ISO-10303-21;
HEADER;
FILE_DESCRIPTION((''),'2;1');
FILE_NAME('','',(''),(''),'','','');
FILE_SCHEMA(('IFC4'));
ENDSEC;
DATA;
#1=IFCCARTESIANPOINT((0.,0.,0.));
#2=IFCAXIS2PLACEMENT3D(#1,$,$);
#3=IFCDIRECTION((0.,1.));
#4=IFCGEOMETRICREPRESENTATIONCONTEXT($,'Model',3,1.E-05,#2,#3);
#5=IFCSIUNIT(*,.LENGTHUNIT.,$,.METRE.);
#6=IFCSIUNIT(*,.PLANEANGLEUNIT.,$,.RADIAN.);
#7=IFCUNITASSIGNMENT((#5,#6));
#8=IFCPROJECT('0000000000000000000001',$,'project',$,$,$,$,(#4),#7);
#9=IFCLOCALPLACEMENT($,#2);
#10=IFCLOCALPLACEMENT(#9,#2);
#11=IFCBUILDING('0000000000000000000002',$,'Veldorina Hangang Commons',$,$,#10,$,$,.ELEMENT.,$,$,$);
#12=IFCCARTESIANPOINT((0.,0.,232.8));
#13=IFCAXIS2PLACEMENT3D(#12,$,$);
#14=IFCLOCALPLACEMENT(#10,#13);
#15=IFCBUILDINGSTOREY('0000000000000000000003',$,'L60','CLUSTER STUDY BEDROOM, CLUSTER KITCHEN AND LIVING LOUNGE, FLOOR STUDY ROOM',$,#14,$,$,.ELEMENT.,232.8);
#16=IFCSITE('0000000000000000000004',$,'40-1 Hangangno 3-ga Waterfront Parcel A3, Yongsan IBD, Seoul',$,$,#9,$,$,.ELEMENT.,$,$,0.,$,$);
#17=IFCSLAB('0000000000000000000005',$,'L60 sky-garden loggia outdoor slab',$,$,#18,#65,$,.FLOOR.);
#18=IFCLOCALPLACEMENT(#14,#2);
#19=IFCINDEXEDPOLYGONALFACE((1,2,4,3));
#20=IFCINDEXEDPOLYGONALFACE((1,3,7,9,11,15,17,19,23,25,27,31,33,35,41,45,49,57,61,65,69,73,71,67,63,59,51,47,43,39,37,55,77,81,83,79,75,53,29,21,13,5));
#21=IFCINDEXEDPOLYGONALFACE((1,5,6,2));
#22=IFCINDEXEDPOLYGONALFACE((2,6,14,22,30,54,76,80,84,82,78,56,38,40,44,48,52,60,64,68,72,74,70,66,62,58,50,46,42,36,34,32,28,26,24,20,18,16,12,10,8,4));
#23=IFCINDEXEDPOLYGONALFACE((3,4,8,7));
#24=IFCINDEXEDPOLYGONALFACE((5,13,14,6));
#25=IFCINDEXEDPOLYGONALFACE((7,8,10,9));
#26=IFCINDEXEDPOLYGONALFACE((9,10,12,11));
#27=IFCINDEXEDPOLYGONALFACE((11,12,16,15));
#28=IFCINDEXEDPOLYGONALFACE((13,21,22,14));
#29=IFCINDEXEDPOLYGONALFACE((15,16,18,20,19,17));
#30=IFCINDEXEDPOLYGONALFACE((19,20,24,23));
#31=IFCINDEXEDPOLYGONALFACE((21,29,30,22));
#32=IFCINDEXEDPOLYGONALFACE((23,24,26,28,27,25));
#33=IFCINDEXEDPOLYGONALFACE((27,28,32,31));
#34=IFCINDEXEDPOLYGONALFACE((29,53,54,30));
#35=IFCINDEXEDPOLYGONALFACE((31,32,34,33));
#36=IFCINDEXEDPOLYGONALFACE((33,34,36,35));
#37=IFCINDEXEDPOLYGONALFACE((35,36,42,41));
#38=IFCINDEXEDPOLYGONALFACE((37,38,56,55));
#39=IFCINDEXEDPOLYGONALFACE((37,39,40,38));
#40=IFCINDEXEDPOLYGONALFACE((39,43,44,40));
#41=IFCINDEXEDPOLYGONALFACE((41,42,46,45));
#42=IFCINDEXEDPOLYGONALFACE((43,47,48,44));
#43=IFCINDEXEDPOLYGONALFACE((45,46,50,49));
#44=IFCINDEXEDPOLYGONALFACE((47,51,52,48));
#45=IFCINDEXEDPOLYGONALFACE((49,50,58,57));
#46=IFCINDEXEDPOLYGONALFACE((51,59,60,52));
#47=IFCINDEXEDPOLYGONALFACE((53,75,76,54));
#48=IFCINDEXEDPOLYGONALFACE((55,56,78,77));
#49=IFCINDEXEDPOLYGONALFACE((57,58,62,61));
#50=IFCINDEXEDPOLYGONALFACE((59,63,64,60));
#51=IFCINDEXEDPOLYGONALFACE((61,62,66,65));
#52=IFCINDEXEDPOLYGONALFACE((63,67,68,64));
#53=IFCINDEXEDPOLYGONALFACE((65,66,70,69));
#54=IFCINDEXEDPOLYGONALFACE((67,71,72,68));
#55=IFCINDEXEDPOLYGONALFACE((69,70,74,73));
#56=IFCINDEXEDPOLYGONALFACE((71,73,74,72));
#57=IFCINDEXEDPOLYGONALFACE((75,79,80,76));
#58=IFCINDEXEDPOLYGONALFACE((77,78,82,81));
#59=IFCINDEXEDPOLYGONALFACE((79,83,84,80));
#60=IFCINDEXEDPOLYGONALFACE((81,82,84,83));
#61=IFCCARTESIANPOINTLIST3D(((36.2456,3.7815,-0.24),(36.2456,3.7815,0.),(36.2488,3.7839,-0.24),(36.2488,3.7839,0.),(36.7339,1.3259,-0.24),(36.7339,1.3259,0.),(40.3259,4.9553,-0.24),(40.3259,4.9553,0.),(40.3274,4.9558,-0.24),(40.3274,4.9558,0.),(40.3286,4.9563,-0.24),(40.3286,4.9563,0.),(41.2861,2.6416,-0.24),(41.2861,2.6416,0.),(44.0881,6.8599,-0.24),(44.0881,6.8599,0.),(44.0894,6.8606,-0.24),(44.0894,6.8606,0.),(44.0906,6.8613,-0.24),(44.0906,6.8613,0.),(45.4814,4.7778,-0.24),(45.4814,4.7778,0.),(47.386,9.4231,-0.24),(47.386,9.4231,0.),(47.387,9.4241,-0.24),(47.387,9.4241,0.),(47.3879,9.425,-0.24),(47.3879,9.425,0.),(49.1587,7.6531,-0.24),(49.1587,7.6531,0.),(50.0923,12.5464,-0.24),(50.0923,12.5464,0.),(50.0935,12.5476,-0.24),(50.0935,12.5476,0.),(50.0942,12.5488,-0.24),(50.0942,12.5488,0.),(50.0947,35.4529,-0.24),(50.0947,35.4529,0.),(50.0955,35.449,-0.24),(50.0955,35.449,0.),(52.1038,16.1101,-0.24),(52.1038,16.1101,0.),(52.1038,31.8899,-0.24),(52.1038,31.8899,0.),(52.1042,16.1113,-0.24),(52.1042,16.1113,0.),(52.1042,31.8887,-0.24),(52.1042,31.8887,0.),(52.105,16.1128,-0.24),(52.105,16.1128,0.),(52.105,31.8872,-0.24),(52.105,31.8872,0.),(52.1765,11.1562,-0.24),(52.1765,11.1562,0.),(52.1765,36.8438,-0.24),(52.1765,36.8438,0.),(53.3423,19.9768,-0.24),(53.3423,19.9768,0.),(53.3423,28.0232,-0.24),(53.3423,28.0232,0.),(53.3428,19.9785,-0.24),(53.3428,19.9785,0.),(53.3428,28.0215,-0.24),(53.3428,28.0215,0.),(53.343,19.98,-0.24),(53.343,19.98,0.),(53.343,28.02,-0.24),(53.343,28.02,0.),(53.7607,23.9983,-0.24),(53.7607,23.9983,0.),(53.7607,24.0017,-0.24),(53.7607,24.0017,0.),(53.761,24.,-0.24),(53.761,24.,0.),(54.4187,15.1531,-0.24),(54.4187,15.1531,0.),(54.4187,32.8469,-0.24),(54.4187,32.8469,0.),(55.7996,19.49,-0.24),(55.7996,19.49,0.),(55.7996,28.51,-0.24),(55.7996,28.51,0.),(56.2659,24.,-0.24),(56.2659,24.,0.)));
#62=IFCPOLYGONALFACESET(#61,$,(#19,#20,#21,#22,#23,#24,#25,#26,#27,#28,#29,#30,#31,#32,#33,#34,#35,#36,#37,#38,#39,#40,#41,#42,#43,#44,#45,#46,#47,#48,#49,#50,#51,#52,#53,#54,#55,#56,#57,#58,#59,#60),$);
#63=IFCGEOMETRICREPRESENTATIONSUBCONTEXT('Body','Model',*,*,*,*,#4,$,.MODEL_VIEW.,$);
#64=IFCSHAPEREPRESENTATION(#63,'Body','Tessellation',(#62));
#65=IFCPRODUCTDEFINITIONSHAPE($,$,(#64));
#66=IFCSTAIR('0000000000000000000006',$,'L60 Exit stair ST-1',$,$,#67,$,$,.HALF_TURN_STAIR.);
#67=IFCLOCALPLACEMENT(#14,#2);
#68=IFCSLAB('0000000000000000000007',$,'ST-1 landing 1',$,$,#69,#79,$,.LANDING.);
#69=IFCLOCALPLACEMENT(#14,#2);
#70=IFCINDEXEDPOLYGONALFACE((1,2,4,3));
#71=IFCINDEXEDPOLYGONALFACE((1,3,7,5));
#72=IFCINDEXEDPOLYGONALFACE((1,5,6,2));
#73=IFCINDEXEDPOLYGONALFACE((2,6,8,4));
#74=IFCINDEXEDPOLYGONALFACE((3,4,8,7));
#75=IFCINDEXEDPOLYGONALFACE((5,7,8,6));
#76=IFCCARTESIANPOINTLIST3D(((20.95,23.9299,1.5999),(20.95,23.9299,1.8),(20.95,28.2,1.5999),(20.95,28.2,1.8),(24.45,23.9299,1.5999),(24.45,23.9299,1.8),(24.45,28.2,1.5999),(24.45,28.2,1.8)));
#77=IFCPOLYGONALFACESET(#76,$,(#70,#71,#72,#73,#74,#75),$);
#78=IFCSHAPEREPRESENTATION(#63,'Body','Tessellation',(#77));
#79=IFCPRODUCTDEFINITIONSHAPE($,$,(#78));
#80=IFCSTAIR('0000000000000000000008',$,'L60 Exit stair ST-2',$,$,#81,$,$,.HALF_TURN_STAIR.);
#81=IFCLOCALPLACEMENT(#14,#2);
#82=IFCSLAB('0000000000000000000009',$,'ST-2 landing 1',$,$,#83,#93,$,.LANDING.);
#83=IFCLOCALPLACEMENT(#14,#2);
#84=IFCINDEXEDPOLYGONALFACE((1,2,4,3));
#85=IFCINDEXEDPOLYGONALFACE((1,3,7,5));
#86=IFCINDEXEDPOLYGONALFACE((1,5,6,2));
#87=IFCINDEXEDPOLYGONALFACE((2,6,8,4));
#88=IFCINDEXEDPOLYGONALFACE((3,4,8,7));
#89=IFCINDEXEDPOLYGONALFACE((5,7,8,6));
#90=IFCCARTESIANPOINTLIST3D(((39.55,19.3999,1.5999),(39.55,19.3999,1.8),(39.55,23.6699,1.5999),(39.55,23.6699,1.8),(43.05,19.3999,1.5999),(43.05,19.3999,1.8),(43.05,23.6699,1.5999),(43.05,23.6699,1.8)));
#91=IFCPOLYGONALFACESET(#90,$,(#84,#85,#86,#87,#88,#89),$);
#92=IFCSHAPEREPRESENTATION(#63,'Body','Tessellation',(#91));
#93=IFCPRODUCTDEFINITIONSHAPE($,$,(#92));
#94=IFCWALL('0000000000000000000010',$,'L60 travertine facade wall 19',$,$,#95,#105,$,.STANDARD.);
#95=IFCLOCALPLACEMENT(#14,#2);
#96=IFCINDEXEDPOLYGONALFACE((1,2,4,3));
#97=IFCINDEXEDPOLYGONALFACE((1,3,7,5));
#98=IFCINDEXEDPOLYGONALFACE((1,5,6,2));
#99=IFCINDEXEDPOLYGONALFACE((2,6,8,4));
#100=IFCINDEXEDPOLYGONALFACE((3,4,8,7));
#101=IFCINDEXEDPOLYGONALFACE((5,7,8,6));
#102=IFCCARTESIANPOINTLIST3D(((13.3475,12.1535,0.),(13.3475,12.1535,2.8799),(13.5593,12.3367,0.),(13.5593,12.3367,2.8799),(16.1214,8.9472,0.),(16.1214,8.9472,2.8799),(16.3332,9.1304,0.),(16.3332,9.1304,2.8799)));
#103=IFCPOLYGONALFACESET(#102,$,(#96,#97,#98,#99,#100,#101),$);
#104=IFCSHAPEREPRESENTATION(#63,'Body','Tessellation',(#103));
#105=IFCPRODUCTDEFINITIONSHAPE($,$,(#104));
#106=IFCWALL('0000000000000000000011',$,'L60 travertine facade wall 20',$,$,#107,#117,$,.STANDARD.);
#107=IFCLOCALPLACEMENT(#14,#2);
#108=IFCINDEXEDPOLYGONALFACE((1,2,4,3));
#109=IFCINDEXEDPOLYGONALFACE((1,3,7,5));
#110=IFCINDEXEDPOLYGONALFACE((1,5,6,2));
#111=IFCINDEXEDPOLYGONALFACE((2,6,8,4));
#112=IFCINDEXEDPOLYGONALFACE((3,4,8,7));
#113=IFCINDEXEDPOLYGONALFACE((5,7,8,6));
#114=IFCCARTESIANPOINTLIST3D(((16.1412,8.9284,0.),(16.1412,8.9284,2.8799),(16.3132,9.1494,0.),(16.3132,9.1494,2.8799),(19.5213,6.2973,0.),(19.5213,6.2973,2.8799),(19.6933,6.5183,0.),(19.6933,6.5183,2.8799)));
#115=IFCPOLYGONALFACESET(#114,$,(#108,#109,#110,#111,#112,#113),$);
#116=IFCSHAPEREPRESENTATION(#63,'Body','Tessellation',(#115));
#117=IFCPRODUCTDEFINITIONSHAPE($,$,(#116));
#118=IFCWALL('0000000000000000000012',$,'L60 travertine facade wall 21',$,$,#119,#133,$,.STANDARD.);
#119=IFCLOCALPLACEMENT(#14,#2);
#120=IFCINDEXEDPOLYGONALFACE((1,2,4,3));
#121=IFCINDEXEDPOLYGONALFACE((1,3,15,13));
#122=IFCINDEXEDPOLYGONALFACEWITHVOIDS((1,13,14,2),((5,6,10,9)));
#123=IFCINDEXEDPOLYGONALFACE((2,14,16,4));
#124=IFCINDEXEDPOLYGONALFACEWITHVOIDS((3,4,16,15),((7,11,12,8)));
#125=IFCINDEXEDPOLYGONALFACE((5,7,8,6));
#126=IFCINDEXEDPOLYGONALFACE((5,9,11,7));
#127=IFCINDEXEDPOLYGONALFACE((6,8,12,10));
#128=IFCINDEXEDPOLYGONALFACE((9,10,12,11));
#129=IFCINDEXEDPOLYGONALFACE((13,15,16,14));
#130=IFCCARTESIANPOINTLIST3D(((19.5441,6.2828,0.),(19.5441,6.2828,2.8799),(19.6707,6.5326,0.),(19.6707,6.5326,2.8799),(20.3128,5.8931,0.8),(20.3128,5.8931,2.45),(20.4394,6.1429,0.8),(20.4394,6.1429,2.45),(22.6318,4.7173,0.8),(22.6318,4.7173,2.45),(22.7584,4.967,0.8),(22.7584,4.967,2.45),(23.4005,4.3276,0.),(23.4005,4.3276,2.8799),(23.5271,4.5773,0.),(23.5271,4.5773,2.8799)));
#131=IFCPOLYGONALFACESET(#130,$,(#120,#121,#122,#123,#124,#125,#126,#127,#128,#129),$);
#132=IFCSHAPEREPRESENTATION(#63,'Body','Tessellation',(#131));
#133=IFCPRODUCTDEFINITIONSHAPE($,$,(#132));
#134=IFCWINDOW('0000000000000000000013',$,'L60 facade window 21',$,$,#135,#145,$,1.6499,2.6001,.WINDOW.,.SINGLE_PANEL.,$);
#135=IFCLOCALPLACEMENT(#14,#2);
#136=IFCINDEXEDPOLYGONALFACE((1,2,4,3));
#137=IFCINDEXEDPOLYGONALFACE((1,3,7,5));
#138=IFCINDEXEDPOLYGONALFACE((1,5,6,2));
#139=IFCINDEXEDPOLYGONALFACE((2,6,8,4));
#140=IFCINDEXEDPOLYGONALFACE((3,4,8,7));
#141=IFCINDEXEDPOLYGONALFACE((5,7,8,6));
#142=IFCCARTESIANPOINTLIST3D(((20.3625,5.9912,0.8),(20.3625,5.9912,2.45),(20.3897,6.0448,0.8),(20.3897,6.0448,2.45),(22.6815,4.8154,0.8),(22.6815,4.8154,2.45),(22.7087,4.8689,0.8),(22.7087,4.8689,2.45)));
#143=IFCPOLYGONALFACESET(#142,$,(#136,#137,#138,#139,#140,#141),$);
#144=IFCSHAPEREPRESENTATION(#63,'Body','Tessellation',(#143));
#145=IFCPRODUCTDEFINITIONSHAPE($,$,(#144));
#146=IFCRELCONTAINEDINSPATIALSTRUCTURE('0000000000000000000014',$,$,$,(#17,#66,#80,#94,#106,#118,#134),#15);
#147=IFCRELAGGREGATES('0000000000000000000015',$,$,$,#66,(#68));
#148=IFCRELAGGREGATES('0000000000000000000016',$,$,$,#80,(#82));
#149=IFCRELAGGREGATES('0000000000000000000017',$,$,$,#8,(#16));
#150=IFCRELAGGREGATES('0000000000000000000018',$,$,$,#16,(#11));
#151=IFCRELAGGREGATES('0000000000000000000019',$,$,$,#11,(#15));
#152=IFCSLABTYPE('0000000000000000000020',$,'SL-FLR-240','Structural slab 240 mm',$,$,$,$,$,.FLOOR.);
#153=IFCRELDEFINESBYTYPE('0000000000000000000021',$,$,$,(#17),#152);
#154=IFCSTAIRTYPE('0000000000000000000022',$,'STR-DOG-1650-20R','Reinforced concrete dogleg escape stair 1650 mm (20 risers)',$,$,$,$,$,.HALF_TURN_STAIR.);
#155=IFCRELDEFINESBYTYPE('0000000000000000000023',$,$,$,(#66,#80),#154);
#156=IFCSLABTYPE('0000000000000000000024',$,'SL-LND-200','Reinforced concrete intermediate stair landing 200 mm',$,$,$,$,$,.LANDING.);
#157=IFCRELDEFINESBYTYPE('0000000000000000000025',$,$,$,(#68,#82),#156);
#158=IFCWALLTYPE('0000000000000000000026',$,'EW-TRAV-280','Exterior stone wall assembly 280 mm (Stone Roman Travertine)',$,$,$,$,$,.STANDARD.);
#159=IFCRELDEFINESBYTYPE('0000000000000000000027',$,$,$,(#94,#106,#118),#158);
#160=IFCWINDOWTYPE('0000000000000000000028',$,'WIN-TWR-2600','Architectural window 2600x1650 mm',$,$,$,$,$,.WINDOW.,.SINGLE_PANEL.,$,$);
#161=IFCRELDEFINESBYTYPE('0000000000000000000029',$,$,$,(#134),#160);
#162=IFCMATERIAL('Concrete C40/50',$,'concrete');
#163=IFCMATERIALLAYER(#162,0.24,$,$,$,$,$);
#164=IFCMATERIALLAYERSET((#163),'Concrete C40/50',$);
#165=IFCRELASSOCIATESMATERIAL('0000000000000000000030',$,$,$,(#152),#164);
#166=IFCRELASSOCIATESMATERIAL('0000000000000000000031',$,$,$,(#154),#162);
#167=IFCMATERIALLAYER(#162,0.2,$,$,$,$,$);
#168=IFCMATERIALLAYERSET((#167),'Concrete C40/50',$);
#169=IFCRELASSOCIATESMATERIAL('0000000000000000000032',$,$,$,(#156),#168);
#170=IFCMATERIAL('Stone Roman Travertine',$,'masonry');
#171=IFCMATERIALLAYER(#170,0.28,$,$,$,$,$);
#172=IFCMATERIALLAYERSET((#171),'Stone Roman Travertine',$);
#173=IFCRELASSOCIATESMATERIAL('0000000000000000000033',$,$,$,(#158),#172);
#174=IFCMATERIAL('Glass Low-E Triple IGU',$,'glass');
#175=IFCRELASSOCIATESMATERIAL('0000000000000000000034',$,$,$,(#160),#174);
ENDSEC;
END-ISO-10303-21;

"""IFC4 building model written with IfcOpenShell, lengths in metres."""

from ifc_helpers import new_model, si_unit, direction, frame, frame_2d, origin, place, context, subcontext, project, spatial, polyline, rectangle, outline, extrude, material, layer, layer_set, type_object, element, fill, aggregate, save


model = new_model("IFC4")

# Units and contexts
model_context = context("Model", 3, precision=1e-05, world=origin(), true_north=direction((0.0, 1.0)))
body_context = subcontext(model_context, "Body", "Model", "MODEL_VIEW")
ifc_project = project(units=[si_unit("LENGTHUNIT", "METRE"), si_unit("PLANEANGLEUNIT", "RADIAN")], contexts=[model_context])

# Site, building, storey
site_placement = place(None, origin())
site = spatial("IfcSite", under=ifc_project, at=site_placement, Name="40-1 Hangangno 3-ga Waterfront Parcel A3, Yongsan IBD, Seoul", CompositionType="ELEMENT", RefElevation=0.0)
building_placement = place(site_placement, origin())
building = spatial("IfcBuilding", under=site, at=building_placement, Name="Veldorina Hangang Commons", CompositionType="ELEMENT")
storey_placement = place(building_placement, frame((0.0, 0.0, 232.8)))
storey = spatial("IfcBuildingStorey", under=building, at=storey_placement, Name="L60", Description="CLUSTER STUDY BEDROOM, CLUSTER KITCHEN AND LIVING LOUNGE, FLOOR STUDY ROOM", CompositionType="ELEMENT", Elevation=232.8)

# Slab
ifc_material_1 = material(Name="Concrete C40/50", Category="concrete")
ifc_layer_1 = layer(ifc_material_1, 0.24)
ifc_layer_set_1 = layer_set([ifc_layer_1], Name="Concrete C40/50")
slab_type_1 = type_object("IfcSlabType", Name="SL-FLR-240", Description="Structural slab 240 mm", PredefinedType="FLOOR", material=ifc_layer_set_1)
slab_1_placement = place(storey_placement, frame((0.0, 0.0, -0.24)))
element("IfcSlab", 1, at=slab_1_placement, inside=storey, type_object=slab_type_1, Name="L60 sky-garden loggia outdoor slab", PredefinedType="FLOOR", context=body_context, shape_type="SweptSolid", body=[
    extrude(outline(polyline([(52.1765, 36.8438), (54.4187, 32.8469), (55.7996, 28.51), (56.2659, 24.0), (55.7996, 19.49), (54.4187, 15.1531), (52.1765, 11.1562), (49.1587, 7.6531), (45.4814, 4.7778), (41.2861, 2.6416), (36.7339, 1.3259), (36.2456, 3.7815), (36.2488, 3.7839), (40.3259, 4.9553), (40.3274, 4.9558), (40.3286, 4.9563), (44.0881, 6.8599), (44.0894, 6.8606), (44.0906, 6.8613), (47.386, 9.4231), (47.387, 9.4241), (47.3879, 9.425), (50.0923, 12.5464), (50.0935, 12.5476), (50.0942, 12.5488), (52.1038, 16.1101), (52.1042, 16.1113), (52.105, 16.1128), (53.3423, 19.9768), (53.3428, 19.9785), (53.343, 19.98), (53.7607, 23.9983), (53.761, 24.0), (53.7607, 24.0017), (53.343, 28.02), (53.3428, 28.0215), (53.3423, 28.0232), (52.105, 31.8872), (52.1042, 31.8887), (52.1038, 31.8899), (50.0955, 35.449), (50.0947, 35.4529), (52.1765, 36.8438)])), origin(), (0.0, 0.0, 1.0), 0.24),
])

# Stairs, slabs
stair_type = type_object("IfcStairType", Name="STR-DOG-1650-20R", Description="Reinforced concrete dogleg escape stair 1650 mm (20 risers)", PredefinedType="HALF_TURN_STAIR", material=ifc_material_1)
stair_1_placement = place(storey_placement, origin())
stair_1 = element("IfcStair", 2, at=stair_1_placement, inside=storey, type_object=stair_type, Name="L60 Exit stair ST-1", PredefinedType="HALF_TURN_STAIR")
ifc_layer_2 = layer(ifc_material_1, 0.2)
ifc_layer_set_2 = layer_set([ifc_layer_2], Name="Concrete C40/50")
slab_type_2 = type_object("IfcSlabType", Name="SL-LND-200", Description="Reinforced concrete intermediate stair landing 200 mm", PredefinedType="LANDING", material=ifc_layer_set_2)
slab_2_placement = place(storey_placement, frame((0.0, 0.0, 1.5999)))
slab_2 = element("IfcSlab", 3, at=slab_2_placement, type_object=slab_type_2, Name="ST-1 landing 1", PredefinedType="LANDING", context=body_context, shape_type="SweptSolid", body=[
    extrude(outline(polyline([(24.45, 23.9299), (24.45, 28.2), (20.95, 28.2), (20.95, 23.9299), (24.45, 23.9299)])), origin(), (0.0, 0.0, 1.0), 0.2002),
])
aggregate(stair_1, [slab_2])
stair_2_placement = place(storey_placement, origin())
stair_2 = element("IfcStair", 4, at=stair_2_placement, inside=storey, type_object=stair_type, Name="L60 Exit stair ST-2", PredefinedType="HALF_TURN_STAIR")
slab_3_placement = place(storey_placement, frame((0.0, 0.0, 1.5999)))
slab_3 = element("IfcSlab", 5, at=slab_3_placement, type_object=slab_type_2, Name="ST-2 landing 1", PredefinedType="LANDING", context=body_context, shape_type="SweptSolid", body=[
    extrude(outline(polyline([(39.55, 23.6699), (39.55, 19.3999), (43.05, 19.3999), (43.05, 23.6699), (39.55, 23.6699)])), origin(), (0.0, 0.0, 1.0), 0.2002),
])
aggregate(stair_2, [slab_3])

# Walls
ifc_material_2 = material(Name="Stone Roman Travertine", Category="masonry")
ifc_layer_3 = layer(ifc_material_2, 0.28)
ifc_layer_set_3 = layer_set([ifc_layer_3], Name="Stone Roman Travertine")
wall_type = type_object("IfcWallType", Name="EW-TRAV-280", Description="Exterior stone wall assembly 280 mm (Stone Roman Travertine)", PredefinedType="STANDARD", material=ifc_layer_set_3)
wall_1_placement = place(storey_placement, frame((13.4534, 12.2451, 0.0), z_axis=(0.0, 0.0, 1.0), x_axis=(0.654275, -0.756257, 0.0)))
element("IfcWall", 6, at=wall_1_placement, inside=storey, type_object=wall_type, Name="L60 travertine facade wall 19", PredefinedType="STANDARD", context=body_context, shape_type="SweptSolid", body=[
    extrude(rectangle(XDim=4.2397, YDim=0.28, at=frame_2d((2.1199, 0.0))), origin(), (0.0, 0.0, 1.0), 2.8799),
])
wall_2_placement = place(storey_placement, frame((16.2273, 9.0388, 0.0), z_axis=(0.0, 0.0, 1.0), x_axis=(0.789113, -0.614248, 0.0)))
element("IfcWall", 7, at=wall_2_placement, inside=storey, type_object=wall_type, Name="L60 travertine facade wall 20", PredefinedType="STANDARD", context=body_context, shape_type="SweptSolid", body=[
    extrude(rectangle(XDim=4.2834, YDim=0.28, at=frame_2d((2.1416, 0.0))), origin(), (0.0, 0.0, 1.0), 2.8799),
])

# Wall, opening, window
wall_3_placement = place(storey_placement, frame((19.6074, 6.4077, 0.0), z_axis=(0.0, 0.0, 1.0), x_axis=(0.891906, -0.452221, 0.0)))
wall_3 = element("IfcWall", 8, at=wall_3_placement, inside=storey, type_object=wall_type, Name="L60 travertine facade wall 21", PredefinedType="STANDARD", context=body_context, shape_type="SweptSolid", body=[
    extrude(rectangle(XDim=4.3237, YDim=0.28, at=frame_2d((2.1619, 0.0))), origin(), (0.0, 0.0, 1.0), 2.8799),
])
opening_placement = place(wall_3_placement, frame((0.8618, 0.0, 0.8)))
opening = element("IfcOpeningElement", 9, at=opening_placement, cuts=wall_3, PredefinedType="OPENING", context=body_context, shape_type="SweptSolid", body=[
    extrude(rectangle(XDim=2.6001, YDim=1.6499, at=frame_2d((1.3, 0.825))), frame((0.0, 0.1499, 0.0), z_axis=(0.0, -1.0, 0.0), x_axis=(1.0, 0.0, 0.0)), (0.0, 0.0, 1.0), 0.3),
])
ifc_material_3 = material(Name="Glass Low-E Triple IGU", Category="glass")
window_type = type_object("IfcWindowType", Name="WIN-TWR-2600", Description="Architectural window 2600x1650 mm", PartitioningType="SINGLE_PANEL", PredefinedType="WINDOW", material=ifc_material_3)
window_placement = place(opening_placement, origin())
window = element("IfcWindow", 10, at=window_placement, inside=storey, type_object=window_type, Name="L60 facade window 21", OverallHeight=1.6499, OverallWidth=2.6001, PartitioningType="SINGLE_PANEL", PredefinedType="WINDOW", context=body_context, shape_type="SweptSolid", body=[
    extrude(rectangle(XDim=2.6001, YDim=1.6499, at=frame_2d((1.3, 0.825))), frame((0.0, 0.03, 0.0), z_axis=(0.0, -1.0, 0.0), x_axis=(1.0, 0.0, 0.0)), (0.0, 0.0, 1.0), 0.0601),
])
fill(opening, window)

save(model, "model.ifc")
